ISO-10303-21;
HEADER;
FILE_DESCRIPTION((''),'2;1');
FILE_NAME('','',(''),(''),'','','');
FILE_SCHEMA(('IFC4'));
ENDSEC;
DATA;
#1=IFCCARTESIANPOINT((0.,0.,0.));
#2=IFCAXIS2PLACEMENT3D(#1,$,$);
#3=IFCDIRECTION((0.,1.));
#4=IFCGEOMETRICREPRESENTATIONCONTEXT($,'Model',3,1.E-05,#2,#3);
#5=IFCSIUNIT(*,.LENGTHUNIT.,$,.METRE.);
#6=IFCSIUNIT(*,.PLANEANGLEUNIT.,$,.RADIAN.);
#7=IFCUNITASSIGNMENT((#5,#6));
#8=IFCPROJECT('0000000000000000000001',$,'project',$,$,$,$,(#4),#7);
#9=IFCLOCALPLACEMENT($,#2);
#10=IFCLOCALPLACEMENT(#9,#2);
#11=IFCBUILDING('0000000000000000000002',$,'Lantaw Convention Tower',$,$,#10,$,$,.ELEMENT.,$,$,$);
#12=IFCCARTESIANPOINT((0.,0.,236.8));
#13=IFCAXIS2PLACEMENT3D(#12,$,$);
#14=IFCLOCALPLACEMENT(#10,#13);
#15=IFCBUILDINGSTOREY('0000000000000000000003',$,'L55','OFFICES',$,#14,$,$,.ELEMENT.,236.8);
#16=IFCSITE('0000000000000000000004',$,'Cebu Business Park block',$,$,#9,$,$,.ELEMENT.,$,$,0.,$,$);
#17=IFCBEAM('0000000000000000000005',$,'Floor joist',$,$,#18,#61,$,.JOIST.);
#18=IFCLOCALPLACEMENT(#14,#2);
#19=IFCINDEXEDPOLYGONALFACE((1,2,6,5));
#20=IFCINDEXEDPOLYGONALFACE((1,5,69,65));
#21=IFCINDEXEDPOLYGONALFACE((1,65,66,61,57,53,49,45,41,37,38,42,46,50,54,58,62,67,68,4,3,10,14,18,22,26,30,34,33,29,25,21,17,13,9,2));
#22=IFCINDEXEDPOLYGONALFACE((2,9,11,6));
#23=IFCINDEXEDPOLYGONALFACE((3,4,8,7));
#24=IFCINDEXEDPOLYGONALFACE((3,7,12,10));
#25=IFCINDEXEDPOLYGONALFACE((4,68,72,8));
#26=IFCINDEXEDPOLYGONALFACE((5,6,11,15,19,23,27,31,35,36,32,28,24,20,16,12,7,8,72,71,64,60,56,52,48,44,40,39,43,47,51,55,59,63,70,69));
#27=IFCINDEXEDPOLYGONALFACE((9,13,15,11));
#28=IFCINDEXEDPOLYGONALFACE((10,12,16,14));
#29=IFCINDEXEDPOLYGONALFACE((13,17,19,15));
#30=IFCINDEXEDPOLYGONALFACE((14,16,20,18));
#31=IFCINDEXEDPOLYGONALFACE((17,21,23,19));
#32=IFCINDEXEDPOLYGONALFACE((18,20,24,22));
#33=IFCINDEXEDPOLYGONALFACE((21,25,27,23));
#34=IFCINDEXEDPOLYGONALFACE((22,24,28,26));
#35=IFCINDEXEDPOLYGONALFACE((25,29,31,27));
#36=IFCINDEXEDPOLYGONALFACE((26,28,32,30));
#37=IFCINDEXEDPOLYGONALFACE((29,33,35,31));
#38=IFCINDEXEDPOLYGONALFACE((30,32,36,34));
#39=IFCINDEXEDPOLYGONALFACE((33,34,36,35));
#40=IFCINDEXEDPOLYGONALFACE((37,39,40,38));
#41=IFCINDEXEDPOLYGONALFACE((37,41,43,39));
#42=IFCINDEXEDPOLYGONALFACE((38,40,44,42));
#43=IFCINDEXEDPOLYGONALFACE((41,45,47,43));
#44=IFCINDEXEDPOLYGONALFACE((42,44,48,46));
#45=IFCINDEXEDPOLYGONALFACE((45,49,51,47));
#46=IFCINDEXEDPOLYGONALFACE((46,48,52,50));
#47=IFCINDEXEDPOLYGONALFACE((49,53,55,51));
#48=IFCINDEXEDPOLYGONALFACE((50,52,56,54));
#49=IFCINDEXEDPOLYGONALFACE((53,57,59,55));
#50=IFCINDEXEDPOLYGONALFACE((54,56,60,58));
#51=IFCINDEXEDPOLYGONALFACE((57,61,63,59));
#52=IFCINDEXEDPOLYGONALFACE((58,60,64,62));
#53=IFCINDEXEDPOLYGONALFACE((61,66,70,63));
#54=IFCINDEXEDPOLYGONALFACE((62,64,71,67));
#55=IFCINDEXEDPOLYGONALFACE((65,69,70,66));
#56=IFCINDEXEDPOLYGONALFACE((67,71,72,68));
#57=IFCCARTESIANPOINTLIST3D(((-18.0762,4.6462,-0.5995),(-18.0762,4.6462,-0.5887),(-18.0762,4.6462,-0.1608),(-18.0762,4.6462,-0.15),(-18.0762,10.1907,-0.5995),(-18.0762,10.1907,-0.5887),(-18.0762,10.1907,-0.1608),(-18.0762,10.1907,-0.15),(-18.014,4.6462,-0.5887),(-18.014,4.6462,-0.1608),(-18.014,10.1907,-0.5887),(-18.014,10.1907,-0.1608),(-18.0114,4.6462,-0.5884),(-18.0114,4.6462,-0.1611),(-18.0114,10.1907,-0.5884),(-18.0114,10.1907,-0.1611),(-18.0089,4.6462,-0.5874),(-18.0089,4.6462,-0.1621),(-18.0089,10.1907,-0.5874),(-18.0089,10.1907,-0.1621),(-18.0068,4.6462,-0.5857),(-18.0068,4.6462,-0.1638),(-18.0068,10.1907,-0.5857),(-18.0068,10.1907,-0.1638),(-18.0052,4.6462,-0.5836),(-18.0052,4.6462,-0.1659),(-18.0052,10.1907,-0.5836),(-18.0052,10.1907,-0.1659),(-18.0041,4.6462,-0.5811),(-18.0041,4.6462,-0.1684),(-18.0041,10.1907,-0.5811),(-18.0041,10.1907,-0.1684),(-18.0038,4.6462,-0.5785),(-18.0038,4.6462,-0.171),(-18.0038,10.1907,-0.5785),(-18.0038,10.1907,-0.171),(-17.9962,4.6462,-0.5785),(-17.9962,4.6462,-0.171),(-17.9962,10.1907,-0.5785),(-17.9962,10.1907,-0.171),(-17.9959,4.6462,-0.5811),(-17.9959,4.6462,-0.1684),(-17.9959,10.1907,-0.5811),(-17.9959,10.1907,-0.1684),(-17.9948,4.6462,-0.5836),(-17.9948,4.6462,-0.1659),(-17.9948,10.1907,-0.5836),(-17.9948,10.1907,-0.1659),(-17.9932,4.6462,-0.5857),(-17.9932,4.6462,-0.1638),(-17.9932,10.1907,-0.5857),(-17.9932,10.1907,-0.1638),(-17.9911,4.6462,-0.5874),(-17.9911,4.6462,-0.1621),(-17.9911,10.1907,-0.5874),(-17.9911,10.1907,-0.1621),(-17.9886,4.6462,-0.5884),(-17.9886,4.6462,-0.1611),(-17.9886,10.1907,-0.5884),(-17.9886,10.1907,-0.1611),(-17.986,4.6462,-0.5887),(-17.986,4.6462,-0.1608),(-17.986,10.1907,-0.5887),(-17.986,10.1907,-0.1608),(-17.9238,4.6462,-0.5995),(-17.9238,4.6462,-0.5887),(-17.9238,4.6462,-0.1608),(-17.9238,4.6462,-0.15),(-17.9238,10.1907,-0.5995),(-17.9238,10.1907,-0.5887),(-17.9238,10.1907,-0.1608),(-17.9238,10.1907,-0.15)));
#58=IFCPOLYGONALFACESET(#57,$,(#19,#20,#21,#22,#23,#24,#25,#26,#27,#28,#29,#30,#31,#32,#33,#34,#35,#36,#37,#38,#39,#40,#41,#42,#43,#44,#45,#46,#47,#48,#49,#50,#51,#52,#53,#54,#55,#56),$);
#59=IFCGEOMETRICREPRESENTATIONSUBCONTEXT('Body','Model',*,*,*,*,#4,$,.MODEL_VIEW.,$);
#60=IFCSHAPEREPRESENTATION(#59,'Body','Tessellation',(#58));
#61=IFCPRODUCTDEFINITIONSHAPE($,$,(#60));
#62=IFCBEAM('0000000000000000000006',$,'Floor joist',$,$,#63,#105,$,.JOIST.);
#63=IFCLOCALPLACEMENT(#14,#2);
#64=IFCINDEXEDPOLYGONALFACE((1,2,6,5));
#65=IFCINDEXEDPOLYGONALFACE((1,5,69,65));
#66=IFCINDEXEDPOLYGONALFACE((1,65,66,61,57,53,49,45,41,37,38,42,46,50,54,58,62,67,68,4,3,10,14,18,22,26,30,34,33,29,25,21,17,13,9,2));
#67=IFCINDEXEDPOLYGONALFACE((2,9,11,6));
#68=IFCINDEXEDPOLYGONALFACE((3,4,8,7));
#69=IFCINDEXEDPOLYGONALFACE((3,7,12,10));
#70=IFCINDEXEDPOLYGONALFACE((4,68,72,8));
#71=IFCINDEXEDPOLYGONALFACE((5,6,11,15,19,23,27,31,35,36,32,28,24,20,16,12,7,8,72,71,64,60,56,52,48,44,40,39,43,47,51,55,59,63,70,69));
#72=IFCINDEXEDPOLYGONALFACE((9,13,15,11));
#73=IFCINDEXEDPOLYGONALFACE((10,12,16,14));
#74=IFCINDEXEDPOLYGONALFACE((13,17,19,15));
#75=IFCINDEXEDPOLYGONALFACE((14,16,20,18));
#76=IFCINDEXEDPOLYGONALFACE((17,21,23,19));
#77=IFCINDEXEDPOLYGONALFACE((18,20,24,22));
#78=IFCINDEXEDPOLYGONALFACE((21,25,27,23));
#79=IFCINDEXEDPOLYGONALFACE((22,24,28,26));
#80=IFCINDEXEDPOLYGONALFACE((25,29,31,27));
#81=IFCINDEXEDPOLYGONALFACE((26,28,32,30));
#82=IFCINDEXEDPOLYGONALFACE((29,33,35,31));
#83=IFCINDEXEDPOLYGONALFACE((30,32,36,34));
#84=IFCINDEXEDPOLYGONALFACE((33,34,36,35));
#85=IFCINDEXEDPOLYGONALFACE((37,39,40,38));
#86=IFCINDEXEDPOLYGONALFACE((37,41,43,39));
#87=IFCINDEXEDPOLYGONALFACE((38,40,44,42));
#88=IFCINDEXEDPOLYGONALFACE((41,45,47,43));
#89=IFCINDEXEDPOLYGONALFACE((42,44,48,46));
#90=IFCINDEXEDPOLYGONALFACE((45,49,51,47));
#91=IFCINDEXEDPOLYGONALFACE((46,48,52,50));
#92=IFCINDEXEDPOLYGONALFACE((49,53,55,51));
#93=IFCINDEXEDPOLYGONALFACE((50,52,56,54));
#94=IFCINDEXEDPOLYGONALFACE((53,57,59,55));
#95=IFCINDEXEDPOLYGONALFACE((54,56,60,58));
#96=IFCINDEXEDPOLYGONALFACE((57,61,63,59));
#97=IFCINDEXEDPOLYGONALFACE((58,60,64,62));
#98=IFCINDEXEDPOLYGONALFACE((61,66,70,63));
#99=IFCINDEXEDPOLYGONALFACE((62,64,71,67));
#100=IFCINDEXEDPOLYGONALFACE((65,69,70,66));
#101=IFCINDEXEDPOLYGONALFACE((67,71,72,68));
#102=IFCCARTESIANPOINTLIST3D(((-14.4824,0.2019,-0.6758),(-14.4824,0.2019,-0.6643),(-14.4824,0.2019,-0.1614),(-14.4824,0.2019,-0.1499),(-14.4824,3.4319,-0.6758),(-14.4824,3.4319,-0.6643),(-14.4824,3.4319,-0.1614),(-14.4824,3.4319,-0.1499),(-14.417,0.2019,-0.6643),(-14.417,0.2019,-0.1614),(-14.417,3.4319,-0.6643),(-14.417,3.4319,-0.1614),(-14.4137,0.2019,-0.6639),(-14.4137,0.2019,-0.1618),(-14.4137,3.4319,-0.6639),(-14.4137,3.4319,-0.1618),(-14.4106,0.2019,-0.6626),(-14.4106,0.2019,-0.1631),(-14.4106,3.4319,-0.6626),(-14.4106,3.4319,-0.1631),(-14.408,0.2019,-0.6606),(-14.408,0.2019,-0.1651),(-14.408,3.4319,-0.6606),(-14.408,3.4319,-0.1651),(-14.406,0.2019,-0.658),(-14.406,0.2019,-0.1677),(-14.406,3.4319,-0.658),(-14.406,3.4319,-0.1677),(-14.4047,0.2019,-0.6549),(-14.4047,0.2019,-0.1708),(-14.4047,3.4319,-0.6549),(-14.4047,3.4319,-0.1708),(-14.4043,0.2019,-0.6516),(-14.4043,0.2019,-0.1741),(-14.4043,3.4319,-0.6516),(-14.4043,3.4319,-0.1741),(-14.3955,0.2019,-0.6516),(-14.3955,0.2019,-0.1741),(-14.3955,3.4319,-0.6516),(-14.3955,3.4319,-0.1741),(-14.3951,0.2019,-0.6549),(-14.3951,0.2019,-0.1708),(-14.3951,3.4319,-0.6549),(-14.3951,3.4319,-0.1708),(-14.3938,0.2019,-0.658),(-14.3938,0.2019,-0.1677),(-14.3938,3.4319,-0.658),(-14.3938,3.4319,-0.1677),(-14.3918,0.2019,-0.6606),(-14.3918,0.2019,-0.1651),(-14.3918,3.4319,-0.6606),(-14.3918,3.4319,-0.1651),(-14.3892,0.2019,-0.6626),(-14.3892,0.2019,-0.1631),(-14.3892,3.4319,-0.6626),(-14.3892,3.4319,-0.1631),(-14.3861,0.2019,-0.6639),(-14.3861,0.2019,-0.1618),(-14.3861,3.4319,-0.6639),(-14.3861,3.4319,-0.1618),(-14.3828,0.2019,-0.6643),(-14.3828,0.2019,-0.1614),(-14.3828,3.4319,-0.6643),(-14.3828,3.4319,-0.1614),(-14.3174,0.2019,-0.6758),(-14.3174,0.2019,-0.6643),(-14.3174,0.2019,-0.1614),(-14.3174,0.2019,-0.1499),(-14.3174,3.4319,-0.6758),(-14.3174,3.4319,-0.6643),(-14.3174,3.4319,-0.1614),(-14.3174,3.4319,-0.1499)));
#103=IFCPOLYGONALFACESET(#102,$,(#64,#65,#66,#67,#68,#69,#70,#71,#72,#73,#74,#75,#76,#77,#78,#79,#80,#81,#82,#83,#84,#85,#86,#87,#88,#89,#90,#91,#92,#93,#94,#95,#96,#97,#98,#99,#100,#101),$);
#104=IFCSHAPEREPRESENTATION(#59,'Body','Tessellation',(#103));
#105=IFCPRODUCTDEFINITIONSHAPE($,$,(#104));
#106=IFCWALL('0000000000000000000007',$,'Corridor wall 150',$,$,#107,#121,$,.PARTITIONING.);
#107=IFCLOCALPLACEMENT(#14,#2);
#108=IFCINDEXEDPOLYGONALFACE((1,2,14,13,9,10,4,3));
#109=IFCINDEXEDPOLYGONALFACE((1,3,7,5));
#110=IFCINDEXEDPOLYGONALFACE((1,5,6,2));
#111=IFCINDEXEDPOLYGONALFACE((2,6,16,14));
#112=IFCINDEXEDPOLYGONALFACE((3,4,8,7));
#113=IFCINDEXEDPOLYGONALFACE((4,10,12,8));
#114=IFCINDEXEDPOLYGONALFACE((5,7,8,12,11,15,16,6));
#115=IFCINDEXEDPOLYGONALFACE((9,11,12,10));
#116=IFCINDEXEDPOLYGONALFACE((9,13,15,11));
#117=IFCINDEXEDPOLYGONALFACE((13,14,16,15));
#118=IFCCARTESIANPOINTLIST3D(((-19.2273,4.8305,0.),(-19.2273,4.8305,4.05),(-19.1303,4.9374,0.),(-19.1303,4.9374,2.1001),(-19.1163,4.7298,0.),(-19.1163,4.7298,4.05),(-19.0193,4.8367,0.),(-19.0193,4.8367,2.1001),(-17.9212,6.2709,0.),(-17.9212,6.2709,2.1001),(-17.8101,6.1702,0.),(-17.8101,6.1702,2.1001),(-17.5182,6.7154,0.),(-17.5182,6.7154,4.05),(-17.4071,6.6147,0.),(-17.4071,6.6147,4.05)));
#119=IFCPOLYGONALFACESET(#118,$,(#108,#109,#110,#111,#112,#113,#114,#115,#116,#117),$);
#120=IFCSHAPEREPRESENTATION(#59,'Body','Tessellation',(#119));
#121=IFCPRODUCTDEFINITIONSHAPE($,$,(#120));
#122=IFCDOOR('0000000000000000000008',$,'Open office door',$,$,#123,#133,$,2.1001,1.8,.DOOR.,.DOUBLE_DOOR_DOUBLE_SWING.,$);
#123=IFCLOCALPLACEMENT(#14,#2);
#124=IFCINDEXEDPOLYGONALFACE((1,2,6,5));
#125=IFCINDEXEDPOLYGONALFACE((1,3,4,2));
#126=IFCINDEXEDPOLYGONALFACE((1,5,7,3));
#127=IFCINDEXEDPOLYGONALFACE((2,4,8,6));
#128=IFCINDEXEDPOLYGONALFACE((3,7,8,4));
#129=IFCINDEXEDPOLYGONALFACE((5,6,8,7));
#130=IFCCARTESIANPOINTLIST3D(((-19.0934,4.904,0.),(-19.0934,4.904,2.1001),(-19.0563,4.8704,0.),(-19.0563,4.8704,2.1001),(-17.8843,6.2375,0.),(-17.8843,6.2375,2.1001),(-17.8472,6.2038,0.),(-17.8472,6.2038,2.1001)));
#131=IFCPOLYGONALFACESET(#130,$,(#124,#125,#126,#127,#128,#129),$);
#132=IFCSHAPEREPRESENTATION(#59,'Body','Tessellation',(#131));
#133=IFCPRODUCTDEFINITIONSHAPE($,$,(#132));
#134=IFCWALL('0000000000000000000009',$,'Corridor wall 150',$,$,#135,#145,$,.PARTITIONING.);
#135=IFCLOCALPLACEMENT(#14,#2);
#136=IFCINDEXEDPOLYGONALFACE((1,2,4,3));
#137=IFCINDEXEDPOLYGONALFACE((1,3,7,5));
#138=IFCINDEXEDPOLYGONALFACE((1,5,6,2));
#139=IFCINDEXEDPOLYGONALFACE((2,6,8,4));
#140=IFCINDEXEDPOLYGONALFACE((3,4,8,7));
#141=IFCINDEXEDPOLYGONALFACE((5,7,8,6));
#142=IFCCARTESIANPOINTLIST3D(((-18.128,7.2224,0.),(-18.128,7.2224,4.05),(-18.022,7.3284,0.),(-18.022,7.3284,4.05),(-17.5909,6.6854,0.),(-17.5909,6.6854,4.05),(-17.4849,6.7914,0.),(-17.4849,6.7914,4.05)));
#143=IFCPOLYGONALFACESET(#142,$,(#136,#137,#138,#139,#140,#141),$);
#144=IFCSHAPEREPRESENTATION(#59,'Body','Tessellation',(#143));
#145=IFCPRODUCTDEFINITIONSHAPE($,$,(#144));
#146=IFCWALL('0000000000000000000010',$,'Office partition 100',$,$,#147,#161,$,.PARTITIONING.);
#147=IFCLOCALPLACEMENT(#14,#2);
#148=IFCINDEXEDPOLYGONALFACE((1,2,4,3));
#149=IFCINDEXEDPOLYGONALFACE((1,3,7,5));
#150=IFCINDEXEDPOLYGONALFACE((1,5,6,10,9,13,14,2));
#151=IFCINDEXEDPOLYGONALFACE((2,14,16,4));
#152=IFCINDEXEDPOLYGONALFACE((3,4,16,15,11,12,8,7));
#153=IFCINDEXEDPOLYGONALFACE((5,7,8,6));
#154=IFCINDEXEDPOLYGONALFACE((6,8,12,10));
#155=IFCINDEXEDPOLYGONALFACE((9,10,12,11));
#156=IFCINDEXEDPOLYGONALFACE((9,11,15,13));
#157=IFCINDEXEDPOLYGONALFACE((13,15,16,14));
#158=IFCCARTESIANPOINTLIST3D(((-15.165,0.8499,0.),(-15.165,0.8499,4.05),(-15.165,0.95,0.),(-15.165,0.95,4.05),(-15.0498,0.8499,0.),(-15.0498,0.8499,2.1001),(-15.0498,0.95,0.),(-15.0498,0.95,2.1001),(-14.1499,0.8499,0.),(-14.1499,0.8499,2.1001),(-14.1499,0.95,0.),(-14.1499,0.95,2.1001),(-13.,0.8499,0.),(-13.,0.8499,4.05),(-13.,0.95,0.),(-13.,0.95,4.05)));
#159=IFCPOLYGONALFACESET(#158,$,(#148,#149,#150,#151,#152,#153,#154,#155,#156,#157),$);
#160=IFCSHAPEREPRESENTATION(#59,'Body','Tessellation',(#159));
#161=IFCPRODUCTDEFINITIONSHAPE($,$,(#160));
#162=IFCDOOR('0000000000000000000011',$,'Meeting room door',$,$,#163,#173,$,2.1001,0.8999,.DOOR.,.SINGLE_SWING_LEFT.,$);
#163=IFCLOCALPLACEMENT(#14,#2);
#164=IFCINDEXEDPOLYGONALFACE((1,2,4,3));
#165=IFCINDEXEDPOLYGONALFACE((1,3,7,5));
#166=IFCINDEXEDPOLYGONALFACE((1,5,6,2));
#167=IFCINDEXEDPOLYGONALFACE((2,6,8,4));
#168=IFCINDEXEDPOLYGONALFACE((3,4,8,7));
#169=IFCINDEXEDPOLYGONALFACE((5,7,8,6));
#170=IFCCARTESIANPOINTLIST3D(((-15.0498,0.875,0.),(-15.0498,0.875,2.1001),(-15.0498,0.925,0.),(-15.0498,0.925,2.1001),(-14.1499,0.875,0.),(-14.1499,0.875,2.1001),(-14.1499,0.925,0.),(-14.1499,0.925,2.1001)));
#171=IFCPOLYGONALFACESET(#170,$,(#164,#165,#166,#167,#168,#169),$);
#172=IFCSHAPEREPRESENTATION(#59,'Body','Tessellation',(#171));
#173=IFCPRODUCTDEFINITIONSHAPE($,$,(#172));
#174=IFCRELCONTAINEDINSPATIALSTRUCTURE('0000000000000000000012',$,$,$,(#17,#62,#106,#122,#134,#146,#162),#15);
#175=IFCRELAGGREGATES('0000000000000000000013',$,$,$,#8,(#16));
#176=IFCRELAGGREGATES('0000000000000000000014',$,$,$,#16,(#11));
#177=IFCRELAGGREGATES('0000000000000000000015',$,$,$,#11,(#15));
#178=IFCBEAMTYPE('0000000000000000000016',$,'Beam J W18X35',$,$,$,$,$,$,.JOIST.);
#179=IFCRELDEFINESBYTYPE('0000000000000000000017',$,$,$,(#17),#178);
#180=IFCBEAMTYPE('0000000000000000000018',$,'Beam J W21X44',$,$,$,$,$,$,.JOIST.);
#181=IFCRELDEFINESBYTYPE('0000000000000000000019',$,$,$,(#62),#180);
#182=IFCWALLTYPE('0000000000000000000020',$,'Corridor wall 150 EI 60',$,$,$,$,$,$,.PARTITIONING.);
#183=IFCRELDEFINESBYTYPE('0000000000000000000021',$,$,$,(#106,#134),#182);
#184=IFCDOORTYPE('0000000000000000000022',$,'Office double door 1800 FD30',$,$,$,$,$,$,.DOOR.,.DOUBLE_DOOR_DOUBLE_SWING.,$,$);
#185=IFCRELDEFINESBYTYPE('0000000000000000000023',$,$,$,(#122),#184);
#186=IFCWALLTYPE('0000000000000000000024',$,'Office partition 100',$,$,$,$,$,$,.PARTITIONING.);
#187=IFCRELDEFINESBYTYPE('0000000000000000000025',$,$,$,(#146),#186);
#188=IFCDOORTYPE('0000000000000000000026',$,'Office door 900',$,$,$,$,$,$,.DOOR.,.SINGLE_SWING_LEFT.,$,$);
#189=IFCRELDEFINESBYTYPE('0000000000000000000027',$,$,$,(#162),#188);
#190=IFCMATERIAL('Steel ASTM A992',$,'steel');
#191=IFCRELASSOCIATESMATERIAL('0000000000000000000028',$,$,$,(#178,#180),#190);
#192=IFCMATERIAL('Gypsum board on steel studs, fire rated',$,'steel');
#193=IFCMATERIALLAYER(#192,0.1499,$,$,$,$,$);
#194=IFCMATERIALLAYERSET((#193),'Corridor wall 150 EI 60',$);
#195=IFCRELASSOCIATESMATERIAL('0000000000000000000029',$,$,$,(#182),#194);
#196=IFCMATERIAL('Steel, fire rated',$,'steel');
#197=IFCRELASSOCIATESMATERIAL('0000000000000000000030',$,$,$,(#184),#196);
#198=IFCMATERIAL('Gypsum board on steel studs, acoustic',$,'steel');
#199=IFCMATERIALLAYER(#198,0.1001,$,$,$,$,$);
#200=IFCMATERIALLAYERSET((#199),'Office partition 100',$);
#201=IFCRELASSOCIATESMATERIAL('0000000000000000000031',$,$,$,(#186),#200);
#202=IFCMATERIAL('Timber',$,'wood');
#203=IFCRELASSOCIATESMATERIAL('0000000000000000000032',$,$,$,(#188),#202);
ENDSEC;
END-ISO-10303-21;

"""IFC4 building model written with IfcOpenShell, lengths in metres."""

from ifc_helpers import new_model, si_unit, direction, frame, frame_2d, origin, origin_2d, place, context, subcontext, project, spatial, rectangle, i_section, extrude, material, layer, layer_set, material_profile, profile_set, type_object, element, fill, save


model = new_model("IFC4")

# Units and contexts
model_context = context("Model", 3, precision=1e-05, world=origin(), true_north=direction((0.0, 1.0)))
body_context = subcontext(model_context, "Body", "Model", "MODEL_VIEW")
ifc_project = project(units=[si_unit("LENGTHUNIT", "METRE"), si_unit("PLANEANGLEUNIT", "RADIAN")], contexts=[model_context])

# Site, building, storey
site_placement = place(None, origin())
site = spatial("IfcSite", under=ifc_project, at=site_placement, Name="Cebu Business Park block", CompositionType="ELEMENT", RefElevation=0.0)
building_placement = place(site_placement, origin())
building = spatial("IfcBuilding", under=site, at=building_placement, Name="Lantaw Convention Tower", CompositionType="ELEMENT")
storey_placement = place(building_placement, frame((0.0, 0.0, 236.8)))
storey = spatial("IfcBuildingStorey", under=building, at=storey_placement, Name="L55", Description="OFFICES", CompositionType="ELEMENT", Elevation=236.8)

# Beams
ifc_material_1 = material(Name="Steel ASTM A992", Category="steel")
ifc_material_profile_1 = material_profile(ifc_material_1, i_section(OverallWidth=0.1523, OverallDepth=0.4495, WebThickness=0.0076, FlangeThickness=0.0107, FilletRadius=0.0103, at=origin_2d()), Name="W18X35")
ifc_profile_set_1 = profile_set([ifc_material_profile_1], Name="Steel ASTM A992")
beam_type_1 = type_object("IfcBeamType", Name="Beam J W18X35", PredefinedType="JOIST", material=ifc_profile_set_1)
beam_1_placement = place(storey_placement, frame((-18.0, 4.6462, -0.3748), z_axis=(0.0, 1.0, 0.0), x_axis=(-1.0, 0.0, 0.0)))
element("IfcBeam", 1, at=beam_1_placement, inside=storey, type_object=beam_type_1, Name="Floor joist", PredefinedType="JOIST", context=body_context, shape_type="SweptSolid", body=[
    extrude(i_section(OverallWidth=0.1523, OverallDepth=0.4495, WebThickness=0.0076, FlangeThickness=0.0107, FilletRadius=0.0103, at=origin_2d()), origin(), (0.0, 0.0, 1.0), 5.5444),
])
ifc_material_profile_2 = material_profile(ifc_material_1, i_section(OverallWidth=0.165, OverallDepth=0.5259, WebThickness=0.0088, FlangeThickness=0.0115, FilletRadius=0.0127, at=origin_2d()), Name="W21X44")
ifc_profile_set_2 = profile_set([ifc_material_profile_2], Name="Steel ASTM A992")
beam_type_2 = type_object("IfcBeamType", Name="Beam J W21X44", PredefinedType="JOIST", material=ifc_profile_set_2)
beam_2_placement = place(storey_placement, frame((-14.3999, 0.2019, -0.4128), z_axis=(0.0, 1.0, 0.0), x_axis=(-1.0, 0.0, 0.0)))
element("IfcBeam", 2, at=beam_2_placement, inside=storey, type_object=beam_type_2, Name="Floor joist", PredefinedType="JOIST", context=body_context, shape_type="SweptSolid", body=[
    extrude(i_section(OverallWidth=0.165, OverallDepth=0.5259, WebThickness=0.0088, FlangeThickness=0.0115, FilletRadius=0.0127, at=origin_2d()), origin(), (0.0, 0.0, 1.0), 3.23),
])

# Wall, opening, door
ifc_material_2 = material(Name="Gypsum board on steel studs, fire rated", Category="steel")
ifc_layer_1 = layer(ifc_material_2, 0.1499)
ifc_layer_set_1 = layer_set([ifc_layer_1], Name="Corridor wall 150 EI 60")
wall_type_1 = type_object("IfcWallType", Name="Corridor wall 150 EI 60", PredefinedType="PARTITIONING", material=ifc_layer_set_1)
wall_1_placement = place(storey_placement, frame((-17.4626, 6.665, 0.0), z_axis=(0.0, 0.0, 1.0), x_axis=(-0.671722, -0.740803, 0.0)))
wall_1 = element("IfcWall", 3, at=wall_1_placement, inside=storey, type_object=wall_type_1, Name="Corridor wall 150", PredefinedType="PARTITIONING", context=body_context, shape_type="SweptSolid", body=[
    extrude(rectangle(XDim=2.5444, YDim=0.1499, at=frame_2d((1.2722, 0.0))), origin(), (0.0, 0.0, 1.0), 4.05),
])
opening_1_placement = place(wall_1_placement, frame((0.6001, 0.0, 0.0)))
opening_1 = element("IfcOpeningElement", 4, at=opening_1_placement, cuts=wall_1, PredefinedType="OPENING", context=body_context, shape_type="SweptSolid", body=[
    extrude(rectangle(XDim=1.8, YDim=2.1001, at=frame_2d((0.8999, 1.05))), frame((0.0, 0.085, 0.0), z_axis=(0.0, -1.0, 0.0), x_axis=(1.0, 0.0, 0.0)), (0.0, 0.0, 1.0), 0.1699),
])
ifc_material_3 = material(Name="Steel, fire rated", Category="steel")
door_type_1 = type_object("IfcDoorType", Name="Office double door 1800 FD30", OperationType="DOUBLE_DOOR_DOUBLE_SWING", PredefinedType="DOOR", material=ifc_material_3)
door_1_placement = place(opening_1_placement, origin())
door_1 = element("IfcDoor", 5, at=door_1_placement, inside=storey, type_object=door_type_1, Name="Open office door", OperationType="DOUBLE_DOOR_DOUBLE_SWING", OverallHeight=2.1001, OverallWidth=1.8, PredefinedType="DOOR", context=body_context, shape_type="SweptSolid", body=[
    extrude(rectangle(XDim=1.8, YDim=2.1001, at=frame_2d((0.8999, 1.05))), frame((0.0, 0.0249, 0.0), z_axis=(0.0, -1.0, 0.0), x_axis=(1.0, 0.0, 0.0)), (0.0, 0.0, 1.0), 0.05),
])
fill(opening_1, door_1)

# Wall
wall_2_placement = place(storey_placement, frame((-17.5378, 6.7383, 0.0), z_axis=(0.0, 0.0, 1.0), x_axis=(-0.707107, 0.707107, 0.0)))
element("IfcWall", 6, at=wall_2_placement, inside=storey, type_object=wall_type_1, Name="Corridor wall 150", PredefinedType="PARTITIONING", context=body_context, shape_type="SweptSolid", body=[
    extrude(rectangle(XDim=0.7595, YDim=0.1499, at=frame_2d((0.3799, 0.0))), origin(), (0.0, 0.0, 1.0), 4.05),
])

# Wall, opening, door
ifc_material_4 = material(Name="Gypsum board on steel studs, acoustic", Category="steel")
ifc_layer_2 = layer(ifc_material_4, 0.1001)
ifc_layer_set_2 = layer_set([ifc_layer_2], Name="Office partition 100")
wall_type_2 = type_object("IfcWallType", Name="Office partition 100", PredefinedType="PARTITIONING", material=ifc_layer_set_2)
wall_3_placement = place(storey_placement, frame((-13.0, 0.8999, 0.0), z_axis=(0.0, 0.0, 1.0), x_axis=(-1.0, 0.0, 0.0)))
wall_3 = element("IfcWall", 7, at=wall_3_placement, inside=storey, type_object=wall_type_2, Name="Office partition 100", PredefinedType="PARTITIONING", context=body_context, shape_type="SweptSolid", body=[
    extrude(rectangle(XDim=2.165, YDim=0.1001, at=frame_2d((1.0825, 0.0))), origin(), (0.0, 0.0, 1.0), 4.05),
])
opening_2_placement = place(wall_3_placement, frame((1.1499, 0.0, 0.0)))
opening_2 = element("IfcOpeningElement", 8, at=opening_2_placement, cuts=wall_3, PredefinedType="OPENING", context=body_context, shape_type="SweptSolid", body=[
    extrude(rectangle(XDim=0.8999, YDim=2.1001, at=frame_2d((0.45, 1.05))), frame((0.0, 0.0601, 0.0), z_axis=(0.0, -1.0, 0.0), x_axis=(1.0, 0.0, 0.0)), (0.0, 0.0, 1.0), 0.1201),
])
ifc_material_5 = material(Name="Timber", Category="wood")
door_type_2 = type_object("IfcDoorType", Name="Office door 900", OperationType="SINGLE_SWING_LEFT", PredefinedType="DOOR", material=ifc_material_5)
door_2_placement = place(opening_2_placement, origin())
door_2 = element("IfcDoor", 9, at=door_2_placement, inside=storey, type_object=door_type_2, Name="Meeting room door", OperationType="SINGLE_SWING_LEFT", OverallHeight=2.1001, OverallWidth=0.8999, PredefinedType="DOOR", context=body_context, shape_type="SweptSolid", body=[
    extrude(rectangle(XDim=0.8999, YDim=2.1001, at=frame_2d((0.45, 1.05))), frame((0.0, 0.0249, 0.0), z_axis=(0.0, -1.0, 0.0), x_axis=(1.0, 0.0, 0.0)), (0.0, 0.0, 1.0), 0.05),
])
fill(opening_2, door_2)

save(model, "model.ifc")
